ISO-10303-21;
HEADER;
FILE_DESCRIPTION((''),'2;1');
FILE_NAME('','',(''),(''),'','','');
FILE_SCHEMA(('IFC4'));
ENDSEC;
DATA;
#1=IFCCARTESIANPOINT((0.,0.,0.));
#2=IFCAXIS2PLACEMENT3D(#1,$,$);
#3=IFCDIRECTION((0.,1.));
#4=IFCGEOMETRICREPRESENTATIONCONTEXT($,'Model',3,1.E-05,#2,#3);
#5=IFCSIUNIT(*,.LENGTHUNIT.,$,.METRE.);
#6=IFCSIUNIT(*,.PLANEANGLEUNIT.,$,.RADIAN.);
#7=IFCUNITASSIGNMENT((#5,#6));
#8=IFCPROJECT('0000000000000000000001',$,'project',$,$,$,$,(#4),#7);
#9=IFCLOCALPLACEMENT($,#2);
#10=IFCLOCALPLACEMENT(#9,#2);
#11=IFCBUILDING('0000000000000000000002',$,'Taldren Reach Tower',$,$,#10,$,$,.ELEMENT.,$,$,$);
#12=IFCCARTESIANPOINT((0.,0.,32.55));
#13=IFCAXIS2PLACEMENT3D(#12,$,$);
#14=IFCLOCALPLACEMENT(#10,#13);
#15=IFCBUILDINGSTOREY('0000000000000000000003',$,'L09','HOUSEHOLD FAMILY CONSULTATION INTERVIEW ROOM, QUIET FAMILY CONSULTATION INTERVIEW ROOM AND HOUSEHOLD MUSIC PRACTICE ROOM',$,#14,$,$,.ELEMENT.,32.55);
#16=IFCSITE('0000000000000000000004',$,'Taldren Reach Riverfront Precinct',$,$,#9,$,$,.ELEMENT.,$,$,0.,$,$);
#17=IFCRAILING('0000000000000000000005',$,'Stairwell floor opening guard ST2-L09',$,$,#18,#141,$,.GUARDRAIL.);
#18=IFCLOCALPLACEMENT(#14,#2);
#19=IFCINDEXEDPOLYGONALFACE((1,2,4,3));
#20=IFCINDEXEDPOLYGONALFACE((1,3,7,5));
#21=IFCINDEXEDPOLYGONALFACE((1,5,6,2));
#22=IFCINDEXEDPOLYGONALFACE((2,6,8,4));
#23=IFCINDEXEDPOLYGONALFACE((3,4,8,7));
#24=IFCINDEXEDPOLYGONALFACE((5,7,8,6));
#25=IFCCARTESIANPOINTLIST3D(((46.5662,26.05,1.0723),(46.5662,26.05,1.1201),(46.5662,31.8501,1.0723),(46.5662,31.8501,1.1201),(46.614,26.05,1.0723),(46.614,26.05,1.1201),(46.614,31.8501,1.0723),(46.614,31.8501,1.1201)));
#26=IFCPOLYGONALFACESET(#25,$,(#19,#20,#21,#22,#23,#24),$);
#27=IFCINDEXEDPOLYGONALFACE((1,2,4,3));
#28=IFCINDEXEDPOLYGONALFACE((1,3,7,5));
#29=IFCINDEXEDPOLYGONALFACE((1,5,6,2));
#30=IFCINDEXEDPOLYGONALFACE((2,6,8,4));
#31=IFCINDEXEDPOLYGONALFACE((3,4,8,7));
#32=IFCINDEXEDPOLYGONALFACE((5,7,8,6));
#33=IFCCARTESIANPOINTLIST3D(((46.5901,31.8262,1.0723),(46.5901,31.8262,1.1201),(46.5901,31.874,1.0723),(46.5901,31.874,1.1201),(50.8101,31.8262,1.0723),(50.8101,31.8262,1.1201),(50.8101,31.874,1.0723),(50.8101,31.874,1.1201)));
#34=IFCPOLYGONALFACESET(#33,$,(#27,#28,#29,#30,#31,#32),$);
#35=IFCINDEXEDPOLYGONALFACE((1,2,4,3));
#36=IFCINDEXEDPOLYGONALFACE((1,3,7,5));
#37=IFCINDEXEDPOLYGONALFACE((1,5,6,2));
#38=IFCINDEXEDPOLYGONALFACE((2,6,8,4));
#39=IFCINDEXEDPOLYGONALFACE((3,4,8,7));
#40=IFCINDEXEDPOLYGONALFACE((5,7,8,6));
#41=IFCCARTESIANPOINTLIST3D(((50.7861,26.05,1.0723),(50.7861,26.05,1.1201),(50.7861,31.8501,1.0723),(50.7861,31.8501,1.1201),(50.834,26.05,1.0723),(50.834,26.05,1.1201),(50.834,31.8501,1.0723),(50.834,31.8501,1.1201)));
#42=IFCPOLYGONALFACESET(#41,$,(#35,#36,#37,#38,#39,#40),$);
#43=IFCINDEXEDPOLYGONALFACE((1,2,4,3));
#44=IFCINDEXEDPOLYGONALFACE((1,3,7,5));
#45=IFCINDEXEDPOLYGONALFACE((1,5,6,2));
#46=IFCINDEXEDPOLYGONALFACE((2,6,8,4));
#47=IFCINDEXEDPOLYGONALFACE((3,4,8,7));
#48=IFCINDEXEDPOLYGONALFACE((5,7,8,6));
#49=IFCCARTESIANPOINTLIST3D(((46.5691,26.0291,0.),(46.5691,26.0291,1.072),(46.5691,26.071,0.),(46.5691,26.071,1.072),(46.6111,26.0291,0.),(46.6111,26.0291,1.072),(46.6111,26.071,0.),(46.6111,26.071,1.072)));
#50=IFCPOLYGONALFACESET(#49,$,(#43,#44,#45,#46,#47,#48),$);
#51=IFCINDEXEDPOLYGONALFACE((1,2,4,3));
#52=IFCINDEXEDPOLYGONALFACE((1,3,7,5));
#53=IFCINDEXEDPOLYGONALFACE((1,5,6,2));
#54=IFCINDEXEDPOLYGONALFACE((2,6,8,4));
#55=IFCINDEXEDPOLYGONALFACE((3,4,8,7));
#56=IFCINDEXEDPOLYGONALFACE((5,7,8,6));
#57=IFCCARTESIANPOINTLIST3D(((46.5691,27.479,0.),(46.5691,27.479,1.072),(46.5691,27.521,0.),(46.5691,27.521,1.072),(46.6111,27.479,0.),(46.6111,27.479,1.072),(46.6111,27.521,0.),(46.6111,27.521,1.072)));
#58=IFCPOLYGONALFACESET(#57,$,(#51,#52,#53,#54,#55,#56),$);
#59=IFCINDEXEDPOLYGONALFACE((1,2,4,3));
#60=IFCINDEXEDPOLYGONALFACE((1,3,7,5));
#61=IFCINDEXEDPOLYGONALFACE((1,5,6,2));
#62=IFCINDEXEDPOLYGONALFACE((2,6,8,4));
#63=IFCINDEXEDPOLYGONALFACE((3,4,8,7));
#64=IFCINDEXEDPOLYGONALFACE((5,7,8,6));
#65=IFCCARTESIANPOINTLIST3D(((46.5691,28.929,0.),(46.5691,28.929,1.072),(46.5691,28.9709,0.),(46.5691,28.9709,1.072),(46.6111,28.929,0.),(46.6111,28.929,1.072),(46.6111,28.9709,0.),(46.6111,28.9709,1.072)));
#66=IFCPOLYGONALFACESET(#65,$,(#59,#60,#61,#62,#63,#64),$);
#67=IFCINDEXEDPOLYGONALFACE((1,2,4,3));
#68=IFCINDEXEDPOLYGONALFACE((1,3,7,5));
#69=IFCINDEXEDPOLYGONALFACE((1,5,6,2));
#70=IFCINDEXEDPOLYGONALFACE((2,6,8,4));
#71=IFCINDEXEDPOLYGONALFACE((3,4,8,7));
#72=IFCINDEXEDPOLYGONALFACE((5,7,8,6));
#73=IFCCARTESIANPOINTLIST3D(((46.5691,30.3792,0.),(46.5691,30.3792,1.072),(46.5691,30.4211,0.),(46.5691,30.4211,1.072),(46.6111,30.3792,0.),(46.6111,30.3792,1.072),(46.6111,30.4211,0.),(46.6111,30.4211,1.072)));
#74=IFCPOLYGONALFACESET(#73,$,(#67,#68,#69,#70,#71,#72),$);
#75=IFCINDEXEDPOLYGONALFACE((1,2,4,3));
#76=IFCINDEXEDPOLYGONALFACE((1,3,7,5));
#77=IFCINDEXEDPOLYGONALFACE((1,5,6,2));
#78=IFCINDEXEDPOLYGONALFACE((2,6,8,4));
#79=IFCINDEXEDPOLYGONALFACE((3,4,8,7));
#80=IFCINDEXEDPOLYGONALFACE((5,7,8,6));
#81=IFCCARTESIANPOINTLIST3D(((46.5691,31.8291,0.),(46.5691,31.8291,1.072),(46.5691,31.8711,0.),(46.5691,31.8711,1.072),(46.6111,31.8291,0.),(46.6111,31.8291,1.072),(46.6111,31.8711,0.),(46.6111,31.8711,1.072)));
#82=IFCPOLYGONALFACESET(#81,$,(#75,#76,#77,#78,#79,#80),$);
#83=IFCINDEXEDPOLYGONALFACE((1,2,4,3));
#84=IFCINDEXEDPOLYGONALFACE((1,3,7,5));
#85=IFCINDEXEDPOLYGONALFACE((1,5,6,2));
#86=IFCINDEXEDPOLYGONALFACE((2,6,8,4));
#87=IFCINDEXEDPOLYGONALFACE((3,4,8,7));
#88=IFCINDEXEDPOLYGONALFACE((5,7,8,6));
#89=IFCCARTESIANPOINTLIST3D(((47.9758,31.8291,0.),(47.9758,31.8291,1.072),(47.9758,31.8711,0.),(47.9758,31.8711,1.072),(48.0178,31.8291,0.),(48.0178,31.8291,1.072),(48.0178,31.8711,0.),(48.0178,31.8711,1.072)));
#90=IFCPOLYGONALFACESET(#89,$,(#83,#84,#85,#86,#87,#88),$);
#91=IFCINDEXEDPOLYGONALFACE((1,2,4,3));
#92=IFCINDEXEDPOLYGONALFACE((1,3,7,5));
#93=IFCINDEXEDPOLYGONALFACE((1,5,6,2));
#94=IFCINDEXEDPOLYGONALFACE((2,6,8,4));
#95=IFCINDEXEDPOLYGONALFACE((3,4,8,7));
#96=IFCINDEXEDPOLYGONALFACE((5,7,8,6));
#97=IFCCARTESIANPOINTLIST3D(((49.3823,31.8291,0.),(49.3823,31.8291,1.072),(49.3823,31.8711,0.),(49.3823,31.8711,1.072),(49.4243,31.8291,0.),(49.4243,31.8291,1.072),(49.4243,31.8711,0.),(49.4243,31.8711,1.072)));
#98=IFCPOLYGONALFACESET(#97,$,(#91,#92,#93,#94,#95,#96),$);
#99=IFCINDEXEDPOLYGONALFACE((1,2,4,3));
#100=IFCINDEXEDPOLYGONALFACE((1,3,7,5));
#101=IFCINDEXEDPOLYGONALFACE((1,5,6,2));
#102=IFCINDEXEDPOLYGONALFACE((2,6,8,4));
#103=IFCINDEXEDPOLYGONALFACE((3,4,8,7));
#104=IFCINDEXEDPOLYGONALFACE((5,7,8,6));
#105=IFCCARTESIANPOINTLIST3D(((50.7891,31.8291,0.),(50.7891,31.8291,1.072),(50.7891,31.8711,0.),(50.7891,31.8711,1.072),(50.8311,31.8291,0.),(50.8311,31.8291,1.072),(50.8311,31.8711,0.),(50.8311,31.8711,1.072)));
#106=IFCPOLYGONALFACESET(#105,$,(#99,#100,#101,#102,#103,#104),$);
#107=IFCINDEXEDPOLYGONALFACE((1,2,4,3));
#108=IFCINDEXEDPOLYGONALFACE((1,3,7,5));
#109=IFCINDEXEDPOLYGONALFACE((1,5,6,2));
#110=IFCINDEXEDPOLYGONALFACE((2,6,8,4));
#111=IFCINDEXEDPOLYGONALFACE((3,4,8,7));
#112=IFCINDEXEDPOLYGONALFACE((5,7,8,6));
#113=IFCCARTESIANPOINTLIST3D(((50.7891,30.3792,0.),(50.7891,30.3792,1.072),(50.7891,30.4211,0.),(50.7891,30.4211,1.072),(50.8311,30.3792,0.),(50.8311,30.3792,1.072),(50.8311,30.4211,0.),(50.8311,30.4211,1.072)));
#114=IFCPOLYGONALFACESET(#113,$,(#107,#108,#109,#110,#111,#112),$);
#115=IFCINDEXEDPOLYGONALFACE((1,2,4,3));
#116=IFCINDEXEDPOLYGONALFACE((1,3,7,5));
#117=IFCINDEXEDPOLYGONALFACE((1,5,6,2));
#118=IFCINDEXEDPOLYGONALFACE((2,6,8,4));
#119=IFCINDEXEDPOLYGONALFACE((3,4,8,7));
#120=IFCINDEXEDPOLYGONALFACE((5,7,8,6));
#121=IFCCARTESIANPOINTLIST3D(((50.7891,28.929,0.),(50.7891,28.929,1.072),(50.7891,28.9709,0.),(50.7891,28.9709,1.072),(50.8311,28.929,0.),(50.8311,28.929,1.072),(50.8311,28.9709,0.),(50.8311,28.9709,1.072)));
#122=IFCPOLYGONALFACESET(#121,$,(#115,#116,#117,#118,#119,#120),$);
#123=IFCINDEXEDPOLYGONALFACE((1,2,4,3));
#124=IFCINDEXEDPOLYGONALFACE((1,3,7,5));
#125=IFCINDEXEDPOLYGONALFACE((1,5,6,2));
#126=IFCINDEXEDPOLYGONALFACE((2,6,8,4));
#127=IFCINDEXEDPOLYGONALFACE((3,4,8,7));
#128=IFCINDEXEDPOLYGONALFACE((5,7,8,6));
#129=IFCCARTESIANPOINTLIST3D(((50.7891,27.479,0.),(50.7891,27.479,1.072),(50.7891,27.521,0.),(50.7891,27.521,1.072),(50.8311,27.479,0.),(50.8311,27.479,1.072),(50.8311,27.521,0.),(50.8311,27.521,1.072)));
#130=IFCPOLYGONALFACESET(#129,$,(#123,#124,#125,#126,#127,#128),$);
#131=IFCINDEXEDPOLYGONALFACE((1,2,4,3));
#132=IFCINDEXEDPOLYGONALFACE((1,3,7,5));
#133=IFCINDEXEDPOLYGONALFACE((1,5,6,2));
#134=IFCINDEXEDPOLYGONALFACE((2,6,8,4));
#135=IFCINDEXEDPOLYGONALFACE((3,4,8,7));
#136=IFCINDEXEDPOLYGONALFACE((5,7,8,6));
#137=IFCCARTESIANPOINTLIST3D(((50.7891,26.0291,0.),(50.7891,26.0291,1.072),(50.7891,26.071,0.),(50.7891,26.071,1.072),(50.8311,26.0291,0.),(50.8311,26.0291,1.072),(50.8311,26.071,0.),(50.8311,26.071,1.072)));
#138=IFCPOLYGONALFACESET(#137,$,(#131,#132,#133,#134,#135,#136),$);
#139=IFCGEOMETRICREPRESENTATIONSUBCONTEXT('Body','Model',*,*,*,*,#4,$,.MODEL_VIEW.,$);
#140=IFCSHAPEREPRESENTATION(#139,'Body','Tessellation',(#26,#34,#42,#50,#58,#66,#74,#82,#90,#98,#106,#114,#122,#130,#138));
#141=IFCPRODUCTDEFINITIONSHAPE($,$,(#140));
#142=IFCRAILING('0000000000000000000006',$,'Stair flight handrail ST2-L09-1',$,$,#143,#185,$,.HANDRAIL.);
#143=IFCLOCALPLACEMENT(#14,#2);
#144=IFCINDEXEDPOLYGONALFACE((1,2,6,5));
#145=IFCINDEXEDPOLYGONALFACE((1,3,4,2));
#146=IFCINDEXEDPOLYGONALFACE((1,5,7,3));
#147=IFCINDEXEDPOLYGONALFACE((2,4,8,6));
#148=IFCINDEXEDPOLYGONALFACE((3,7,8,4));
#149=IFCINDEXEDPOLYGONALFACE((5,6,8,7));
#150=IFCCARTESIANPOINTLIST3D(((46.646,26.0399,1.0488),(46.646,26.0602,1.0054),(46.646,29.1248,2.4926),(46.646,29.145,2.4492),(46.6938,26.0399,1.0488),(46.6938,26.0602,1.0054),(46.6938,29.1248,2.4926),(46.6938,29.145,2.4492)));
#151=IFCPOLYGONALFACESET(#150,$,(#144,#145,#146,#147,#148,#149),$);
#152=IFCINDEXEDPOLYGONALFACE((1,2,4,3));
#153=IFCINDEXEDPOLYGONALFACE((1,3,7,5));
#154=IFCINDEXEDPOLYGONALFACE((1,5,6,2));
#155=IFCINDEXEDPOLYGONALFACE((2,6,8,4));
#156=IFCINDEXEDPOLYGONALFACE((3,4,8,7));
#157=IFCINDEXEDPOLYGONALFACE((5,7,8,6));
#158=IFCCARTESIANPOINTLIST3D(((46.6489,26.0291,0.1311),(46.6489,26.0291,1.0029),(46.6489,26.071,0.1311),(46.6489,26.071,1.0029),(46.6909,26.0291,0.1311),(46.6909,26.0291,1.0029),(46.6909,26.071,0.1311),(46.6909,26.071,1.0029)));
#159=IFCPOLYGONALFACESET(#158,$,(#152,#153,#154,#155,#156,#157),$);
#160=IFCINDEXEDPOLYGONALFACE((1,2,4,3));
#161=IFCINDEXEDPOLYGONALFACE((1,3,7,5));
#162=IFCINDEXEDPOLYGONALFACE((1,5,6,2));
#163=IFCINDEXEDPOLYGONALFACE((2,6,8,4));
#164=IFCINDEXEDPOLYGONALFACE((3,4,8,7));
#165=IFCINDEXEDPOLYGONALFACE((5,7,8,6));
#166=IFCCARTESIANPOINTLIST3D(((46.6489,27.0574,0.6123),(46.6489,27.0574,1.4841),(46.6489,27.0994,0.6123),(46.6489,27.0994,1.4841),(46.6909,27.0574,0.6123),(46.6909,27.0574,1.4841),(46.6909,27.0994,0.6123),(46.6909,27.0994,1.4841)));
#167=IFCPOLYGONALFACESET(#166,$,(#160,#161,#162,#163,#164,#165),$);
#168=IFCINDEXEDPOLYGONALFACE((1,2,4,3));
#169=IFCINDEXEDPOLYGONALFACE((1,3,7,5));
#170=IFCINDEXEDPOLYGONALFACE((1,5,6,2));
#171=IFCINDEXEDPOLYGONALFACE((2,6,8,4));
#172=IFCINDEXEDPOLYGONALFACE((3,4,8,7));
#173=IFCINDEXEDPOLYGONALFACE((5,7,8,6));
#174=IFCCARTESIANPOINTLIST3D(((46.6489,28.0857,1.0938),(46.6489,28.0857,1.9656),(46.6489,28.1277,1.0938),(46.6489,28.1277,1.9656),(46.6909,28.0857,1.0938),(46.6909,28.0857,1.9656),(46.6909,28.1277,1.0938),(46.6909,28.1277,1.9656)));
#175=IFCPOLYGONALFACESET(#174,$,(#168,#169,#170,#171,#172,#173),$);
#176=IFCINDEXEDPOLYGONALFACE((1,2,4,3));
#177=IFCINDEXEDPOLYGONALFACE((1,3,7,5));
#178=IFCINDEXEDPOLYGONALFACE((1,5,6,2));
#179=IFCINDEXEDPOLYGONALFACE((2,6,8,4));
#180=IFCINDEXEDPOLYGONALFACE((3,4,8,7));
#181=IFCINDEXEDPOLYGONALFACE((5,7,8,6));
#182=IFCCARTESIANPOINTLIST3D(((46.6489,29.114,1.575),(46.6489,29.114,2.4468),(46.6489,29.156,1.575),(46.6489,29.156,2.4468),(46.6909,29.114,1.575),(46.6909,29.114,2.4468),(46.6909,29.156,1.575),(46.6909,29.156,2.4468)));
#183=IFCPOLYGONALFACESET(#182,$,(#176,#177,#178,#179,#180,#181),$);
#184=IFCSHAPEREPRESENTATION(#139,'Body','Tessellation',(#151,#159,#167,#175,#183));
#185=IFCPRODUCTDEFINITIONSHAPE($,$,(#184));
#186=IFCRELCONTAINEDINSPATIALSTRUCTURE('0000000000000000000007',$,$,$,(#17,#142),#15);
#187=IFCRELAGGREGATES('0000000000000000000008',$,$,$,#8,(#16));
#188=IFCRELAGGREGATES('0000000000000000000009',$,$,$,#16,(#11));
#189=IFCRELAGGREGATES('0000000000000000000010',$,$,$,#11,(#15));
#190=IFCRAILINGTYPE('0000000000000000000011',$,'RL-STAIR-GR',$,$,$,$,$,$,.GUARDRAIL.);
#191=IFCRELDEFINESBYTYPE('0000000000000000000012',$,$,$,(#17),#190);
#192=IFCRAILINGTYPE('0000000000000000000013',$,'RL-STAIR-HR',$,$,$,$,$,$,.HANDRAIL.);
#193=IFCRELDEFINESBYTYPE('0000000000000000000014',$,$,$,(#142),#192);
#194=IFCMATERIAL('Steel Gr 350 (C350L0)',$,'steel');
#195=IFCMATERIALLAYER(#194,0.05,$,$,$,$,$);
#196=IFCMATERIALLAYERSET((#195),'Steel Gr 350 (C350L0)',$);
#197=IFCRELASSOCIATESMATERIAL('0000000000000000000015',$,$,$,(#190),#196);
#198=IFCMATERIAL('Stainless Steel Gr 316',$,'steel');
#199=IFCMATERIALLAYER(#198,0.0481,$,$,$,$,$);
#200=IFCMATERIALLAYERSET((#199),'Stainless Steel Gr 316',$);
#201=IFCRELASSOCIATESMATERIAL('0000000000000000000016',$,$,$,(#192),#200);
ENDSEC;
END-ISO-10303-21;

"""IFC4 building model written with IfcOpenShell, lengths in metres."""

from ifc_helpers import new_model, si_unit, direction, frame, origin, origin_2d, place, context, subcontext, project, spatial, rectangle, extrude, material, layer, layer_set, type_object, element, save


model = new_model("IFC4")

# Units and contexts
model_context = context("Model", 3, precision=1e-05, world=origin(), true_north=direction((0.0, 1.0)))
body_context = subcontext(model_context, "Body", "Model", "MODEL_VIEW")
ifc_project = project(units=[si_unit("LENGTHUNIT", "METRE"), si_unit("PLANEANGLEUNIT", "RADIAN")], contexts=[model_context])

# Site, building, storey
site_placement = place(None, origin())
site = spatial("IfcSite", under=ifc_project, at=site_placement, Name="Taldren Reach Riverfront Precinct", CompositionType="ELEMENT", RefElevation=0.0)
building_placement = place(site_placement, origin())
building = spatial("IfcBuilding", under=site, at=building_placement, Name="Taldren Reach Tower", CompositionType="ELEMENT")
storey_placement = place(building_placement, frame((0.0, 0.0, 32.55)))
storey = spatial("IfcBuildingStorey", under=building, at=storey_placement, Name="L09", Description="HOUSEHOLD FAMILY CONSULTATION INTERVIEW ROOM, QUIET FAMILY CONSULTATION INTERVIEW ROOM AND HOUSEHOLD MUSIC PRACTICE ROOM", CompositionType="ELEMENT", Elevation=32.55)

# Shared definitions
ifc_material_1 = material(Name="Steel Gr 350 (C350L0)", Category="steel")

# Railings
ifc_layer_1 = layer(ifc_material_1, 0.05)
ifc_layer_set_1 = layer_set([ifc_layer_1], Name="Steel Gr 350 (C350L0)")
railing_type_1 = type_object("IfcRailingType", Name="RL-STAIR-GR", PredefinedType="GUARDRAIL", material=ifc_layer_set_1)
railing_1_placement = place(storey_placement, frame((46.5901, 26.05, 0.0)))
element("IfcRailing", 1, at=railing_1_placement, inside=storey, type_object=railing_type_1, Name="Stairwell floor opening guard ST2-L09", PredefinedType="GUARDRAIL", context=body_context, shape_type="SweptSolid", body=[
    extrude(rectangle(XDim=0.0479, YDim=0.0479, at=origin_2d()), frame((0.0, 0.0, 1.0962), z_axis=(0.0, 1.0, 0.0), x_axis=(-1.0, 0.0, 0.0)), (0.0, 0.0, 1.0), 5.8),
    extrude(rectangle(XDim=0.0479, YDim=0.0479, at=origin_2d()), frame((0.0, 5.8, 1.0962), z_axis=(1.0, 0.0, 0.0), x_axis=(0.0, 1.0, 0.0)), (0.0, 0.0, 1.0), 4.22),
    extrude(rectangle(XDim=0.0479, YDim=0.0479, at=origin_2d()), frame((4.22, 5.8, 1.0962), z_axis=(0.0, -1.0, 0.0), x_axis=(1.0, 0.0, 0.0)), (0.0, 0.0, 1.0), 5.8),
    extrude(rectangle(XDim=0.042, YDim=0.042, at=origin_2d()), origin(), (0.0, 0.0, 1.0), 1.072),
    extrude(rectangle(XDim=0.042, YDim=0.042, at=origin_2d()), frame((0.0, 1.45, 0.0)), (0.0, 0.0, 1.0), 1.072),
    extrude(rectangle(XDim=0.042, YDim=0.042, at=origin_2d()), frame((0.0, 2.8999, 0.0)), (0.0, 0.0, 1.0), 1.072),
    extrude(rectangle(XDim=0.042, YDim=0.042, at=origin_2d()), frame((0.0, 4.3501, 0.0)), (0.0, 0.0, 1.0), 1.072),
    extrude(rectangle(XDim=0.042, YDim=0.042, at=origin_2d()), frame((0.0, 5.8, 0.0)), (0.0, 0.0, 1.0), 1.072),
    extrude(rectangle(XDim=0.042, YDim=0.042, at=origin_2d()), frame((1.4067, 5.8, 0.0)), (0.0, 0.0, 1.0), 1.072),
    extrude(rectangle(XDim=0.042, YDim=0.042, at=origin_2d()), frame((2.8132, 5.8, 0.0)), (0.0, 0.0, 1.0), 1.072),
    extrude(rectangle(XDim=0.042, YDim=0.042, at=origin_2d()), frame((4.22, 5.8, 0.0)), (0.0, 0.0, 1.0), 1.072),
    extrude(rectangle(XDim=0.042, YDim=0.042, at=origin_2d()), frame((4.22, 4.3501, 0.0)), (0.0, 0.0, 1.0), 1.072),
    extrude(rectangle(XDim=0.042, YDim=0.042, at=origin_2d()), frame((4.22, 2.8999, 0.0)), (0.0, 0.0, 1.0), 1.072),
    extrude(rectangle(XDim=0.042, YDim=0.042, at=origin_2d()), frame((4.22, 1.45, 0.0)), (0.0, 0.0, 1.0), 1.072),
    extrude(rectangle(XDim=0.042, YDim=0.042, at=origin_2d()), frame((4.22, 0.0, 0.0)), (0.0, 0.0, 1.0), 1.072),
])
ifc_material_2 = material(Name="Stainless Steel Gr 316", Category="steel")
ifc_layer_2 = layer(ifc_material_2, 0.0481)
ifc_layer_set_2 = layer_set([ifc_layer_2], Name="Stainless Steel Gr 316")
railing_type_2 = type_object("IfcRailingType", Name="RL-STAIR-HR", PredefinedType="HANDRAIL", material=ifc_layer_set_2)
railing_2_placement = place(storey_placement, frame((46.6699, 26.05, 0.1311)))
element("IfcRailing", 2, at=railing_2_placement, inside=storey, type_object=railing_type_2, Name="Stair flight handrail ST2-L09-1", PredefinedType="HANDRAIL", context=body_context, shape_type="SweptSolid", body=[
    extrude(rectangle(XDim=0.0479, YDim=0.0479, at=origin_2d()), frame((0.0, 0.0, 0.896), z_axis=(0.0, 0.90571, 0.423898), x_axis=(-1.0, 0.0, 0.0)), (0.0, 0.0, 1.0), 3.406),
    extrude(rectangle(XDim=0.042, YDim=0.042, at=origin_2d()), origin(), (0.0, 0.0, 1.0), 0.8718),
    extrude(rectangle(XDim=0.042, YDim=0.042, at=origin_2d()), frame((0.0, 1.0283, 0.4812)), (0.0, 0.0, 1.0), 0.8718),
    extrude(rectangle(XDim=0.042, YDim=0.042, at=origin_2d()), frame((0.0, 2.0566, 0.9626)), (0.0, 0.0, 1.0), 0.8718),
    extrude(rectangle(XDim=0.042, YDim=0.042, at=origin_2d()), frame((0.0, 3.085, 1.4438)), (0.0, 0.0, 1.0), 0.8718),
])

save(model, "model.ifc")
